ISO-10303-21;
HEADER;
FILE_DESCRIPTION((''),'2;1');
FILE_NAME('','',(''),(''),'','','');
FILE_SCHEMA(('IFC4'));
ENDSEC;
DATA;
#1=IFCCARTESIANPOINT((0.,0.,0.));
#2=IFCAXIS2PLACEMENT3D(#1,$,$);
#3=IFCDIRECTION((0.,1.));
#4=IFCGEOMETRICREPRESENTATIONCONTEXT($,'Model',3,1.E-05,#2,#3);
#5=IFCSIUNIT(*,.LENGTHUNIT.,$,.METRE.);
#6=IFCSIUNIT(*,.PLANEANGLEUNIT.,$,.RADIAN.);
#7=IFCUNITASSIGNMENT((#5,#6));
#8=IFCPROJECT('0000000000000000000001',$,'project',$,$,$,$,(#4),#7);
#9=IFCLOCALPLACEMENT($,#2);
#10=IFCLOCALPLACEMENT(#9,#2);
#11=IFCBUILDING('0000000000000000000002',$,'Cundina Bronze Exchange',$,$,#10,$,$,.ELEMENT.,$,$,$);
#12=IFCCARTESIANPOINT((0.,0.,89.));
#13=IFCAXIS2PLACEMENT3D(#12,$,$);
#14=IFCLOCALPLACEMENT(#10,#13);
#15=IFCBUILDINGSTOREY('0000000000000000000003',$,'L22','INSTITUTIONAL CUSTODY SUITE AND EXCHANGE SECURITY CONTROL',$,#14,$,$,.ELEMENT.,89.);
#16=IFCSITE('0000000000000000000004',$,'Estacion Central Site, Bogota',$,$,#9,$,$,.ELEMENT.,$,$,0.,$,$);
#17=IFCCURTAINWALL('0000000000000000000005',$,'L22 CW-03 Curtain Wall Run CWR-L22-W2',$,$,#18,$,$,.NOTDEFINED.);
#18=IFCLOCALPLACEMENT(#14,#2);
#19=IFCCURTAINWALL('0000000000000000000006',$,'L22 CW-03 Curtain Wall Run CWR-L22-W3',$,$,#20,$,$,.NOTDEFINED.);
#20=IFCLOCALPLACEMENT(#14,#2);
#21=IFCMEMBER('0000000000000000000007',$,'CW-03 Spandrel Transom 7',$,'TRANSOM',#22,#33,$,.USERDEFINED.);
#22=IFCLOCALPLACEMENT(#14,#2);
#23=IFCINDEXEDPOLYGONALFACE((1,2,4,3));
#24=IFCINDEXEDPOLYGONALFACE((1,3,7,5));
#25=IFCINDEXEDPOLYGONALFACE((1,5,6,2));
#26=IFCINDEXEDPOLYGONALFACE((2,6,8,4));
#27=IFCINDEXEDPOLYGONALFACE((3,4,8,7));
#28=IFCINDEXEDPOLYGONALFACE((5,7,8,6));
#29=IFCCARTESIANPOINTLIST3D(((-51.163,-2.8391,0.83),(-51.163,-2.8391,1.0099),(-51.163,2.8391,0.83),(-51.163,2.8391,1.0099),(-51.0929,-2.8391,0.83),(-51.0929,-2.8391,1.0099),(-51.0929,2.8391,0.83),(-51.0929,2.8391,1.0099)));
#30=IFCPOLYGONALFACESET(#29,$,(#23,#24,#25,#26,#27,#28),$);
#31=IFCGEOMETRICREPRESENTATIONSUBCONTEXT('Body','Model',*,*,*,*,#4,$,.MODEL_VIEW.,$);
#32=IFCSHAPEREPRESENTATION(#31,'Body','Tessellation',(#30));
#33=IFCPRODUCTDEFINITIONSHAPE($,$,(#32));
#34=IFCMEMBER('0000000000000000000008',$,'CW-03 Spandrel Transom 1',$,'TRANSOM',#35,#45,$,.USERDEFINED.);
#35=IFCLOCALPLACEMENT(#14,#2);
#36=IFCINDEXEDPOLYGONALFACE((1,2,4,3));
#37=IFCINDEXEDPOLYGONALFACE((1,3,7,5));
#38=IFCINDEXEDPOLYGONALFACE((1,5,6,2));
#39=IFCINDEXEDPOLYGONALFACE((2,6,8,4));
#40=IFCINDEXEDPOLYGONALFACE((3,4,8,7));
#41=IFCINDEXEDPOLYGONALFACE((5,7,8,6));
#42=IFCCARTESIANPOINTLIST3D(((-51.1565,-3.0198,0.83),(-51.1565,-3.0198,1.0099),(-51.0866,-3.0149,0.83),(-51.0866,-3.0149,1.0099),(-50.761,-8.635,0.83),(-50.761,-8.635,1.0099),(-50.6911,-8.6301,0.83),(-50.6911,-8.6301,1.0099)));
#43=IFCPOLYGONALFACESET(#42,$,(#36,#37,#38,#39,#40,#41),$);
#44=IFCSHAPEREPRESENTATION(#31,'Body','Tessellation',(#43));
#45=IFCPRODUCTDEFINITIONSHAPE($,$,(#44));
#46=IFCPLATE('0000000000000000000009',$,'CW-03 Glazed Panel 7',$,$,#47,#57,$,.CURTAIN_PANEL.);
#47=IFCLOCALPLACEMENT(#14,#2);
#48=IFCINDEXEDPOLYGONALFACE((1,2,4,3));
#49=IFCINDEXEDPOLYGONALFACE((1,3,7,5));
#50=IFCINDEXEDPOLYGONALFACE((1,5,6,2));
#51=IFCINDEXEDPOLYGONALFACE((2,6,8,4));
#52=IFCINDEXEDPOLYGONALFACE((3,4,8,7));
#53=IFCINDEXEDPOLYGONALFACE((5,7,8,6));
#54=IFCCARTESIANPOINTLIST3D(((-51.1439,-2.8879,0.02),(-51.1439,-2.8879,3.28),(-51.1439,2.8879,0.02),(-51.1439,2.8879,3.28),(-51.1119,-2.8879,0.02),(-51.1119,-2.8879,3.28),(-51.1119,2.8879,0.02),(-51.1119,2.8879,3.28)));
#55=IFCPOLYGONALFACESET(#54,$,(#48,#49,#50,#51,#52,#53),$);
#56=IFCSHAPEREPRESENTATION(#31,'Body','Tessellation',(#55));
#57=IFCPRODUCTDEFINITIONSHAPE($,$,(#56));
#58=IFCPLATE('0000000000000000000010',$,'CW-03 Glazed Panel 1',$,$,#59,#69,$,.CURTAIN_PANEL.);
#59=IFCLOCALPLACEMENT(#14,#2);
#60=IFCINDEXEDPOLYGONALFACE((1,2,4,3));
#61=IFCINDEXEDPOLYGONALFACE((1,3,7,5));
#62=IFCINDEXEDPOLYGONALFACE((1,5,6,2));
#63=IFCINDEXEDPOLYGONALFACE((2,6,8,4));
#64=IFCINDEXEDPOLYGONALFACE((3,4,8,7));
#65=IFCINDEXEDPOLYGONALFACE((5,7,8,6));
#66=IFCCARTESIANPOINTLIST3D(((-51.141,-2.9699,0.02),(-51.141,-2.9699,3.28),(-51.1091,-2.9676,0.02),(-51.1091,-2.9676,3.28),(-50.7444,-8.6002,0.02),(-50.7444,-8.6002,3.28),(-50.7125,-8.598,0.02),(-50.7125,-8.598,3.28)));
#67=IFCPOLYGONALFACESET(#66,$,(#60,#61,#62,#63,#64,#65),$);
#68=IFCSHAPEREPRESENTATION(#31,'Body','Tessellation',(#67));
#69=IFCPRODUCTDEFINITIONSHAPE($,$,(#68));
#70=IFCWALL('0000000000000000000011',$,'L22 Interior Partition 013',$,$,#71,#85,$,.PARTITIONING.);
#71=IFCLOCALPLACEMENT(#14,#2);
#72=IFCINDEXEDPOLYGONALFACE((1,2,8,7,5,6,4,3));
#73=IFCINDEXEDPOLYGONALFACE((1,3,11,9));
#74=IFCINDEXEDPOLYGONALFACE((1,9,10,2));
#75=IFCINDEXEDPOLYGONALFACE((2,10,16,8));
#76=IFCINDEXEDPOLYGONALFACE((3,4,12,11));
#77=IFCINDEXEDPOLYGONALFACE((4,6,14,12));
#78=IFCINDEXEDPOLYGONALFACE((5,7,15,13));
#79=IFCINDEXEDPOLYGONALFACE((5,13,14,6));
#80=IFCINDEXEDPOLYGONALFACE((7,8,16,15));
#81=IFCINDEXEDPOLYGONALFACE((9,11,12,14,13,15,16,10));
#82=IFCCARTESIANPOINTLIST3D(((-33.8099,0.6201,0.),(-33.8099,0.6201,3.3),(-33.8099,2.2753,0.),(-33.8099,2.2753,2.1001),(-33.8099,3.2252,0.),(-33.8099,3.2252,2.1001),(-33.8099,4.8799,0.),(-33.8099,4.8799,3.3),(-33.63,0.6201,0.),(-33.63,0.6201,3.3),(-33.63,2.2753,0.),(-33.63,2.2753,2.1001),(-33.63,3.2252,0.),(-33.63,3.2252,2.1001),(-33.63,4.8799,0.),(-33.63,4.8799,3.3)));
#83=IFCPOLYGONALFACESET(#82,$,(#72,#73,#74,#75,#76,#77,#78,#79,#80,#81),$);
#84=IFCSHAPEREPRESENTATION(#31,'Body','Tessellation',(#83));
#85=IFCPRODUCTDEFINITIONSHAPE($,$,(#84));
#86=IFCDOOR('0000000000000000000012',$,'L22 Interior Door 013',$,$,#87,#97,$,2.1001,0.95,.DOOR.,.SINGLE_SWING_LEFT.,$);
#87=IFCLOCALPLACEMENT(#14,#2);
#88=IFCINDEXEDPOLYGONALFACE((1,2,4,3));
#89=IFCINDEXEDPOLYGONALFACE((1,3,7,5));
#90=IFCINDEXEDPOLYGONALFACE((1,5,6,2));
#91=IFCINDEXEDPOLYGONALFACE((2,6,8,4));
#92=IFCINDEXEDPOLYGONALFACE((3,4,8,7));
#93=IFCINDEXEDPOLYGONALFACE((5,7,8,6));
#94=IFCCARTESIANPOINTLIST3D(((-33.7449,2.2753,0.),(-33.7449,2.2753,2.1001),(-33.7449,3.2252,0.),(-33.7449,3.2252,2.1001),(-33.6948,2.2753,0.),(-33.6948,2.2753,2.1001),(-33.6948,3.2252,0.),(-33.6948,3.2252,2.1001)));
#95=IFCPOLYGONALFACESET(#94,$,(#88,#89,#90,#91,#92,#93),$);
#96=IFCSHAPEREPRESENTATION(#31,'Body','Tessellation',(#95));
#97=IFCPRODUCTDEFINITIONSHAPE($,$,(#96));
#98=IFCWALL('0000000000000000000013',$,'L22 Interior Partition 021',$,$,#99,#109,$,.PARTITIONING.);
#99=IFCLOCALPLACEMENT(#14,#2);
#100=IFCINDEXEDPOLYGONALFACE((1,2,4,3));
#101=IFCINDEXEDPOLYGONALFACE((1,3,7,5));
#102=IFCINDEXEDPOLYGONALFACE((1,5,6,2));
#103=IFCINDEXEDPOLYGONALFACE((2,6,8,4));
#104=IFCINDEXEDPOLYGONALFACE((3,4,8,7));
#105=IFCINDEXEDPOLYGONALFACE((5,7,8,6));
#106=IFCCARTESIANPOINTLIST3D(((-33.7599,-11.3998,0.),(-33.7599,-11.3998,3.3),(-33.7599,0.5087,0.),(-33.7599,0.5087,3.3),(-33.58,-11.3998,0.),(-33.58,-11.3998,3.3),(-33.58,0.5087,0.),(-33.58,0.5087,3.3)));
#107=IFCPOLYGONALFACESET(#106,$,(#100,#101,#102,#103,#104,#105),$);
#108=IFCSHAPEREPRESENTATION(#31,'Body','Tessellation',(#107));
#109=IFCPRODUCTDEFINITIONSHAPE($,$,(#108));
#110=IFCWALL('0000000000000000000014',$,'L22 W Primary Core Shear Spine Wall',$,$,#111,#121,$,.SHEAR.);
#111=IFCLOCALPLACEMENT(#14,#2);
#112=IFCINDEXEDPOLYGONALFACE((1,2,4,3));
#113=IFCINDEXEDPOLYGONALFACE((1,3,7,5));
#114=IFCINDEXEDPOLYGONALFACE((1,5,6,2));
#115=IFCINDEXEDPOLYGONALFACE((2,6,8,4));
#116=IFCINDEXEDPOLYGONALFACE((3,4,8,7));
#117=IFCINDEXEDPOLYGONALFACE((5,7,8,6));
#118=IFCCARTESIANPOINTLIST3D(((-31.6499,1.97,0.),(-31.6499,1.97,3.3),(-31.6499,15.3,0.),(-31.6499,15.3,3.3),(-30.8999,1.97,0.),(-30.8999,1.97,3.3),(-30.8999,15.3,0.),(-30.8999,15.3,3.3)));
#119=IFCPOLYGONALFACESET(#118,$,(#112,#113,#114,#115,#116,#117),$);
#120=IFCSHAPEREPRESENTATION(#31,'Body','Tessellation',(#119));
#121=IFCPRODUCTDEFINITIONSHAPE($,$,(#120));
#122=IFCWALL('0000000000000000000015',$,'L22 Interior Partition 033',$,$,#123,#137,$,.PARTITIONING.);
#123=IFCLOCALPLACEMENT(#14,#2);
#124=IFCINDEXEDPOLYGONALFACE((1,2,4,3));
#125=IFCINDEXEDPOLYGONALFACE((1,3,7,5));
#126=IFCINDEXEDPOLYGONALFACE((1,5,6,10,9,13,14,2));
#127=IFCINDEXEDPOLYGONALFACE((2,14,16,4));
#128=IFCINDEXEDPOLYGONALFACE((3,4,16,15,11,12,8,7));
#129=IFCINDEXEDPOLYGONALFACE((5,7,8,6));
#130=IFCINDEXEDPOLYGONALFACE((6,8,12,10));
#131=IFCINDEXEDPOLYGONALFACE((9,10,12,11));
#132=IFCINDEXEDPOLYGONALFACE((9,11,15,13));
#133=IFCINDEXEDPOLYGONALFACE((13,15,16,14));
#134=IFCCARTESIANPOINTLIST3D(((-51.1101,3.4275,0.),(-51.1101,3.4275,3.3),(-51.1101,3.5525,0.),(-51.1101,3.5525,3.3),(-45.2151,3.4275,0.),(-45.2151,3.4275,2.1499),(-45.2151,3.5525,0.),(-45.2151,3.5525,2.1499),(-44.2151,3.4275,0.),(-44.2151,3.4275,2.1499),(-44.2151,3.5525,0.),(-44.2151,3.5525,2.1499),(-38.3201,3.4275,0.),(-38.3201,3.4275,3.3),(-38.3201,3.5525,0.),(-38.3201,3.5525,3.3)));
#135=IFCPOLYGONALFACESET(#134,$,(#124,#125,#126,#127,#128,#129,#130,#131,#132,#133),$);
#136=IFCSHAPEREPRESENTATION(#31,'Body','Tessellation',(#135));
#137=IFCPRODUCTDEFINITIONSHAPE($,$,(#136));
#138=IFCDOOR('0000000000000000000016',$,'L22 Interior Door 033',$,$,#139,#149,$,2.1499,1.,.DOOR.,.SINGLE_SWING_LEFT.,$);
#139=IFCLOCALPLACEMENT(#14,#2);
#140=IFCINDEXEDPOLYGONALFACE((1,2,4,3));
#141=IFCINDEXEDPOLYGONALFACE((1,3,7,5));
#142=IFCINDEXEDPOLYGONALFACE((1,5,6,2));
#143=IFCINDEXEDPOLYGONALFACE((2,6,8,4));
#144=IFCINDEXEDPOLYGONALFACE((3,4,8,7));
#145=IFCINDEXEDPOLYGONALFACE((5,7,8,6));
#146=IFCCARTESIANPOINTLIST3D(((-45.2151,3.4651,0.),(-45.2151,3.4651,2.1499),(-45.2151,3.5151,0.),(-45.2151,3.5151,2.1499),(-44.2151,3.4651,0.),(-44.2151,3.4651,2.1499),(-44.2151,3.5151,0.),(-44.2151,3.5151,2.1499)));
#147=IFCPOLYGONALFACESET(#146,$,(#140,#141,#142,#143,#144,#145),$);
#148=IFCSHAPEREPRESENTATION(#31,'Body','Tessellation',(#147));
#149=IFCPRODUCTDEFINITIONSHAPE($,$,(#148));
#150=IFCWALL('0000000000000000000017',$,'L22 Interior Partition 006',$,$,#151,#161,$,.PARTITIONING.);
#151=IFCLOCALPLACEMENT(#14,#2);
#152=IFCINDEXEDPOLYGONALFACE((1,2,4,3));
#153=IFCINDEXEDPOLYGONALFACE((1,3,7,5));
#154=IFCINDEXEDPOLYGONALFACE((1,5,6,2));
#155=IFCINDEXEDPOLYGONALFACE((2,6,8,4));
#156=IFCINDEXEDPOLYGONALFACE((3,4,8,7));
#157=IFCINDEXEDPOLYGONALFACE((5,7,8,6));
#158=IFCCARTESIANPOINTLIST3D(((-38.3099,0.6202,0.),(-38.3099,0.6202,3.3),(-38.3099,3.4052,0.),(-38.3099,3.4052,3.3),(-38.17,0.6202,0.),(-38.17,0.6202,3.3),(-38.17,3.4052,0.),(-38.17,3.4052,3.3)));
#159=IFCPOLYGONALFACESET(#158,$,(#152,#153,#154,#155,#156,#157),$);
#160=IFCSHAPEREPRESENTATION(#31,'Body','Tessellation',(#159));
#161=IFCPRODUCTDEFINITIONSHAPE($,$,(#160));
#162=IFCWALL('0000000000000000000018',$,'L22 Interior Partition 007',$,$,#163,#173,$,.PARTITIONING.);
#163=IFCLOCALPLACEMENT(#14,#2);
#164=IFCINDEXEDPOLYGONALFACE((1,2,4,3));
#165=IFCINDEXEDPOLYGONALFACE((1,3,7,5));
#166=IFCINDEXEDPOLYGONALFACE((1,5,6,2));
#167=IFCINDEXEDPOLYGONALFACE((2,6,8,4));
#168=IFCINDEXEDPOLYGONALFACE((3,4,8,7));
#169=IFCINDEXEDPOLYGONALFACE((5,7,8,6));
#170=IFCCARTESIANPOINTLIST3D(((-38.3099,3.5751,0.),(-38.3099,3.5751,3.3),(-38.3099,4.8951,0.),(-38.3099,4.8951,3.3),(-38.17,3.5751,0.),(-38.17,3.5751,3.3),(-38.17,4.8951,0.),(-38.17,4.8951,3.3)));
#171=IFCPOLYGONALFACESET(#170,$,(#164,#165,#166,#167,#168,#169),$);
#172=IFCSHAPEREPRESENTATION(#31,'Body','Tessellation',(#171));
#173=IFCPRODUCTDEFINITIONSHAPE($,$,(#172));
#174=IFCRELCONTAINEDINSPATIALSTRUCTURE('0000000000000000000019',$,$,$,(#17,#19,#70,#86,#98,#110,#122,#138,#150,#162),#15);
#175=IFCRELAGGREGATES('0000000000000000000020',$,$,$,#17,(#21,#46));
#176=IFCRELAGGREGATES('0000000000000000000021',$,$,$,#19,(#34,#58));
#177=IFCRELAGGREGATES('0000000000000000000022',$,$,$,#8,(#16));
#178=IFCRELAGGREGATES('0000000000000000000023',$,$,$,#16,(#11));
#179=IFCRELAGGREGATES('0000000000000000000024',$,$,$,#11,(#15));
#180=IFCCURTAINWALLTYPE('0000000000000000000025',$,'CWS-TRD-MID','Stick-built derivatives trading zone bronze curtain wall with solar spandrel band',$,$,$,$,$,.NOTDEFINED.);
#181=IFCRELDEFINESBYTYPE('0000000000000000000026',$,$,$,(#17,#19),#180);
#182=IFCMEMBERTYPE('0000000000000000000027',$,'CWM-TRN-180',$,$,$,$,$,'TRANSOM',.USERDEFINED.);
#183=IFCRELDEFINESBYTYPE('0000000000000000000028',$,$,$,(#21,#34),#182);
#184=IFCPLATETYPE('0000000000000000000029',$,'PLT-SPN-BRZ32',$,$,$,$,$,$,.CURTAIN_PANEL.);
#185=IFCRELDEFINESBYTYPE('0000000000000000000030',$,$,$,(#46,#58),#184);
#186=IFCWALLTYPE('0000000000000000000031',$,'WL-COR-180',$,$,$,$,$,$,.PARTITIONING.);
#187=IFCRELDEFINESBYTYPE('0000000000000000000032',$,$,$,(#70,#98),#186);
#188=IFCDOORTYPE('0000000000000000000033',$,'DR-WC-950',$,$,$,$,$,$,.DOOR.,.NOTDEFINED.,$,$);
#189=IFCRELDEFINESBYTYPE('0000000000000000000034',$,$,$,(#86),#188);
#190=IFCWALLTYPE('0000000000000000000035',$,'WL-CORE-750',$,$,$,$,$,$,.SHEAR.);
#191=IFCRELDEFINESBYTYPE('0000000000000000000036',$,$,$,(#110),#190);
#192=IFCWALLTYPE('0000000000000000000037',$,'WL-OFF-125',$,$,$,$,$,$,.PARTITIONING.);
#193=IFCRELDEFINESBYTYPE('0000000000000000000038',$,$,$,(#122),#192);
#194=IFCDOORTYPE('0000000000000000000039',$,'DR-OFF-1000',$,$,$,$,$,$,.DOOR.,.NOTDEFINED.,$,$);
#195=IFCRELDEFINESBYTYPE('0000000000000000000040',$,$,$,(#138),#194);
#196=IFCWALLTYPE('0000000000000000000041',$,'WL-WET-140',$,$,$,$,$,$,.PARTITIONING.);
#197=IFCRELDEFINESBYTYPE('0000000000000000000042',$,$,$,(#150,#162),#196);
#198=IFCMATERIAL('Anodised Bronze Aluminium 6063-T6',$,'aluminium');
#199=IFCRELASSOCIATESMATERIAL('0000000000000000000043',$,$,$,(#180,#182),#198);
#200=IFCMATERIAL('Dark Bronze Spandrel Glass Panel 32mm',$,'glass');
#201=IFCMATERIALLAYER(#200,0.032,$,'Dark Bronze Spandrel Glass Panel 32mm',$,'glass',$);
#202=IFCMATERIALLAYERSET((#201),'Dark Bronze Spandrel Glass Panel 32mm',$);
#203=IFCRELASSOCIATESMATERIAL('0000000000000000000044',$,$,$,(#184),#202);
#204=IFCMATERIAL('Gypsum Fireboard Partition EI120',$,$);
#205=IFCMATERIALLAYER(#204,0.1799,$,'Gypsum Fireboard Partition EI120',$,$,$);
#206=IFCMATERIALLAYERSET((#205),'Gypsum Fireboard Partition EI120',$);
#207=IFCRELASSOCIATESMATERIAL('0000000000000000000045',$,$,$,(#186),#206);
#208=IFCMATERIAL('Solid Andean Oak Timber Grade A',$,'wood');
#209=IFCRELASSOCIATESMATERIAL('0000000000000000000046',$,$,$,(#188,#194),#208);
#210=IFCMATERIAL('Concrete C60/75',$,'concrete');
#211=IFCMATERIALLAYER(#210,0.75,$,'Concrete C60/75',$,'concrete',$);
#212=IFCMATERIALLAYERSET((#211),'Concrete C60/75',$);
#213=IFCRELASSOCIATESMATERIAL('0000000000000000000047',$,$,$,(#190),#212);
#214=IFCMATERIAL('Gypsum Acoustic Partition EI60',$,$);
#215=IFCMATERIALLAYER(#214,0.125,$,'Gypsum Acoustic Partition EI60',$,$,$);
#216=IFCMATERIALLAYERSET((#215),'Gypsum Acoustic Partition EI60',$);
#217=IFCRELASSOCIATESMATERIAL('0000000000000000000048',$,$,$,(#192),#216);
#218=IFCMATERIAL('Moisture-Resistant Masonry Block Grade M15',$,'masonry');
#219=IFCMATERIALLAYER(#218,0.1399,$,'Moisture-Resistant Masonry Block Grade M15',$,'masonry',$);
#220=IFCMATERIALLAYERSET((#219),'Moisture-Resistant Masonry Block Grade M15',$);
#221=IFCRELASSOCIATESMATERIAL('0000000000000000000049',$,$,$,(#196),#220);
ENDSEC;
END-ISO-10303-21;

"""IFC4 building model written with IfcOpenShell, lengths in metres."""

from ifc_helpers import new_model, si_unit, direction, frame, frame_2d, origin, origin_2d, place, context, subcontext, project, spatial, rectangle, extrude, material, layer, layer_set, material_profile, profile_set, type_object, element, fill, aggregate, save


model = new_model("IFC4")

# Units and contexts
model_context = context("Model", 3, precision=1e-05, world=origin(), true_north=direction((0.0, 1.0)))
body_context = subcontext(model_context, "Body", "Model", "MODEL_VIEW")
ifc_project = project(units=[si_unit("LENGTHUNIT", "METRE"), si_unit("PLANEANGLEUNIT", "RADIAN")], contexts=[model_context])

# Site, building, storey
site_placement = place(None, origin())
site = spatial("IfcSite", under=ifc_project, at=site_placement, Name="Estacion Central Site, Bogota", CompositionType="ELEMENT", RefElevation=0.0)
building_placement = place(site_placement, origin())
building = spatial("IfcBuilding", under=site, at=building_placement, Name="Cundina Bronze Exchange", CompositionType="ELEMENT")
storey_placement = place(building_placement, frame((0.0, 0.0, 89.0)))
storey = spatial("IfcBuildingStorey", under=building, at=storey_placement, Name="L22", Description="INSTITUTIONAL CUSTODY SUITE AND EXCHANGE SECURITY CONTROL", CompositionType="ELEMENT", Elevation=89.0)

# Shared definitions
ifc_material_1 = material(Name="Concrete C60/75", Category="concrete")

# Curtain walls
ifc_material_2 = material(Name="Anodised Bronze Aluminium 6063-T6", Category="aluminium")
curtain_wall_type = type_object("IfcCurtainWallType", Name="CWS-TRD-MID", Description="Stick-built derivatives trading zone bronze curtain wall with solar spandrel band", PredefinedType="NOTDEFINED", material=ifc_material_2)
curtain_wall_1_placement = place(storey_placement, origin())
curtain_wall_1 = element("IfcCurtainWall", 1, at=curtain_wall_1_placement, inside=storey, type_object=curtain_wall_type, Name="L22 CW-03 Curtain Wall Run CWR-L22-W2", PredefinedType="NOTDEFINED")
curtain_wall_2_placement = place(storey_placement, origin())
curtain_wall_2 = element("IfcCurtainWall", 2, at=curtain_wall_2_placement, inside=storey, type_object=curtain_wall_type, Name="L22 CW-03 Curtain Wall Run CWR-L22-W3", PredefinedType="NOTDEFINED")

# Members
ifc_material_profile_1 = material_profile(ifc_material_2, rectangle(XDim=0.0701, YDim=0.1799, at=origin_2d()), Name="AL70X180", Category="aluminium")
ifc_profile_set_1 = profile_set([ifc_material_profile_1], Name="Anodised Bronze Aluminium 6063-T6")
member_type_1 = type_object("IfcMemberType", Name="CWM-TRN-180", ElementType="TRANSOM", PredefinedType="USERDEFINED", material=ifc_profile_set_1)
member_1_placement = place(storey_placement, frame((-51.1279, 2.8391, 0.9199), z_axis=(0.0, -1.0, 0.0), x_axis=(1.0, 0.0, 0.0)))
member_1 = element("IfcMember", 3, at=member_1_placement, type_object=member_type_1, Name="CW-03 Spandrel Transom 7", ObjectType="TRANSOM", PredefinedType="USERDEFINED", context=body_context, shape_type="SweptSolid", body=[
    extrude(rectangle(XDim=0.0701, YDim=0.1799, at=origin_2d()), origin(), (0.0, 0.0, 1.0), 5.6782),
])
member_2_placement = place(storey_placement, frame((-51.1216, -3.0173, 0.9199), z_axis=(0.070261, -0.997529, 0.0), x_axis=(0.997529, 0.070261, 0.0)))
member_2 = element("IfcMember", 4, at=member_2_placement, type_object=member_type_1, Name="CW-03 Spandrel Transom 1", ObjectType="TRANSOM", PredefinedType="USERDEFINED", context=body_context, shape_type="SweptSolid", body=[
    extrude(rectangle(XDim=0.0701, YDim=0.1799, at=origin_2d()), origin(), (0.0, 0.0, 1.0), 5.6292),
])

# Plates
ifc_material_3 = material(Name="Dark Bronze Spandrel Glass Panel 32mm", Category="glass")
ifc_layer_1 = layer(ifc_material_3, 0.032, Name="Dark Bronze Spandrel Glass Panel 32mm", Category="glass")
ifc_layer_set_1 = layer_set([ifc_layer_1], Name="Dark Bronze Spandrel Glass Panel 32mm")
plate_type = type_object("IfcPlateType", Name="PLT-SPN-BRZ32", PredefinedType="CURTAIN_PANEL", material=ifc_layer_set_1)
plate_1_placement = place(storey_placement, frame((-51.1279, 0.0, 0.02), z_axis=(0.0, 0.0, 1.0), x_axis=(0.0, -1.0, 0.0)))
plate_1 = element("IfcPlate", 5, at=plate_1_placement, type_object=plate_type, Name="CW-03 Glazed Panel 7", PredefinedType="CURTAIN_PANEL", context=body_context, shape_type="SweptSolid", body=[
    extrude(rectangle(XDim=5.7759, YDim=0.032, at=origin_2d()), origin(), (0.0, 0.0, 1.0), 3.26),
])
aggregate(curtain_wall_1, [member_1, plate_1])
plate_2_placement = place(storey_placement, frame((-50.9268, -5.7839, 0.02), z_axis=(0.0, 0.0, 1.0), x_axis=(0.070279, -0.997527, 0.0)))
plate_2 = element("IfcPlate", 6, at=plate_2_placement, type_object=plate_type, Name="CW-03 Glazed Panel 1", PredefinedType="CURTAIN_PANEL", context=body_context, shape_type="SweptSolid", body=[
    extrude(rectangle(XDim=5.6443, YDim=0.032, at=origin_2d()), origin(), (0.0, 0.0, 1.0), 3.26),
])
aggregate(curtain_wall_2, [member_2, plate_2])

# Wall, opening, door
ifc_material_4 = material(Name="Gypsum Fireboard Partition EI120")
ifc_layer_2 = layer(ifc_material_4, 0.1799, Name="Gypsum Fireboard Partition EI120")
ifc_layer_set_2 = layer_set([ifc_layer_2], Name="Gypsum Fireboard Partition EI120")
wall_type_1 = type_object("IfcWallType", Name="WL-COR-180", PredefinedType="PARTITIONING", material=ifc_layer_set_2)
wall_1_placement = place(storey_placement, frame((-33.72, 0.6201, 0.0), z_axis=(0.0, 0.0, 1.0), x_axis=(0.0, 1.0, 0.0)))
wall_1 = element("IfcWall", 7, at=wall_1_placement, inside=storey, type_object=wall_type_1, Name="L22 Interior Partition 013", PredefinedType="PARTITIONING", context=body_context, shape_type="SweptSolid", body=[
    extrude(rectangle(XDim=4.2598, YDim=0.1799, at=frame_2d((2.1299, 0.0))), origin(), (0.0, 0.0, 1.0), 3.3),
])
opening_1_placement = place(wall_1_placement, frame((1.655, 0.0, 0.0)))
opening_1 = element("IfcOpeningElement", 8, at=opening_1_placement, cuts=wall_1, PredefinedType="OPENING", context=body_context, shape_type="SweptSolid", body=[
    extrude(rectangle(XDim=0.95, YDim=2.1001, at=frame_2d((0.4751, 1.05))), frame((0.0, 0.0999, 0.0), z_axis=(0.0, -1.0, 0.0), x_axis=(1.0, 0.0, 0.0)), (0.0, 0.0, 1.0), 0.2),
])
ifc_material_5 = material(Name="Solid Andean Oak Timber Grade A", Category="wood")
door_type_1 = type_object("IfcDoorType", Name="DR-WC-950", OperationType="NOTDEFINED", PredefinedType="DOOR", material=ifc_material_5)
door_1_placement = place(opening_1_placement, origin())
door_1 = element("IfcDoor", 9, at=door_1_placement, inside=storey, type_object=door_type_1, Name="L22 Interior Door 013", OperationType="SINGLE_SWING_LEFT", OverallHeight=2.1001, OverallWidth=0.95, PredefinedType="DOOR", context=body_context, shape_type="SweptSolid", body=[
    extrude(rectangle(XDim=0.95, YDim=2.1001, at=frame_2d((0.4751, 1.05))), frame((0.0, 0.0249, 0.0), z_axis=(0.0, -1.0, 0.0), x_axis=(1.0, 0.0, 0.0)), (0.0, 0.0, 1.0), 0.05),
])
fill(opening_1, door_1)

# Walls
wall_2_placement = place(storey_placement, frame((-33.6699, 0.5085, 0.0), z_axis=(0.0, 0.0, 1.0), x_axis=(0.0, -1.0, 0.0)))
element("IfcWall", 10, at=wall_2_placement, inside=storey, type_object=wall_type_1, Name="L22 Interior Partition 021", PredefinedType="PARTITIONING", context=body_context, shape_type="SweptSolid", body=[
    extrude(rectangle(XDim=11.9084, YDim=0.1799, at=frame_2d((5.9541, 0.0))), origin(), (0.0, 0.0, 1.0), 3.3),
])
ifc_layer_3 = layer(ifc_material_1, 0.75, Name="Concrete C60/75", Category="concrete")
ifc_layer_set_3 = layer_set([ifc_layer_3], Name="Concrete C60/75")
wall_type_2 = type_object("IfcWallType", Name="WL-CORE-750", PredefinedType="SHEAR", material=ifc_layer_set_3)
wall_3_placement = place(storey_placement, frame((-31.2749, 1.97, 0.0), z_axis=(0.0, 0.0, 1.0), x_axis=(0.0, 1.0, 0.0)))
element("IfcWall", 11, at=wall_3_placement, inside=storey, type_object=wall_type_2, Name="L22 W Primary Core Shear Spine Wall", PredefinedType="SHEAR", context=body_context, shape_type="SweptSolid", body=[
    extrude(rectangle(XDim=13.3301, YDim=0.75, at=frame_2d((6.665, 0.0))), origin(), (0.0, 0.0, 1.0), 3.3),
])

# Wall, opening, door
ifc_material_6 = material(Name="Gypsum Acoustic Partition EI60")
ifc_layer_4 = layer(ifc_material_6, 0.125, Name="Gypsum Acoustic Partition EI60")
ifc_layer_set_4 = layer_set([ifc_layer_4], Name="Gypsum Acoustic Partition EI60")
wall_type_3 = type_object("IfcWallType", Name="WL-OFF-125", PredefinedType="PARTITIONING", material=ifc_layer_set_4)
wall_4_placement = place(storey_placement, frame((-38.3201, 3.49, 0.0), z_axis=(0.0, 0.0, 1.0), x_axis=(-1.0, 0.0, 0.0)))
wall_4 = element("IfcWall", 12, at=wall_4_placement, inside=storey, type_object=wall_type_3, Name="L22 Interior Partition 033", PredefinedType="PARTITIONING", context=body_context, shape_type="SweptSolid", body=[
    extrude(rectangle(XDim=12.79, YDim=0.125, at=frame_2d((6.395, 0.0))), origin(), (0.0, 0.0, 1.0), 3.3),
])
opening_2_placement = place(wall_4_placement, frame((5.895, 0.0, 0.0)))
opening_2 = element("IfcOpeningElement", 13, at=opening_2_placement, cuts=wall_4, PredefinedType="OPENING", context=body_context, shape_type="SweptSolid", body=[
    extrude(rectangle(XDim=1.0, YDim=2.1499, at=frame_2d((0.5, 1.075))), frame((0.0, 0.0725, 0.0), z_axis=(0.0, -1.0, 0.0), x_axis=(1.0, 0.0, 0.0)), (0.0, 0.0, 1.0), 0.145),
])
door_type_2 = type_object("IfcDoorType", Name="DR-OFF-1000", OperationType="NOTDEFINED", PredefinedType="DOOR", material=ifc_material_5)
door_2_placement = place(opening_2_placement, origin())
door_2 = element("IfcDoor", 14, at=door_2_placement, inside=storey, type_object=door_type_2, Name="L22 Interior Door 033", OperationType="SINGLE_SWING_LEFT", OverallHeight=2.1499, OverallWidth=1.0, PredefinedType="DOOR", context=body_context, shape_type="SweptSolid", body=[
    extrude(rectangle(XDim=1.0, YDim=2.1499, at=frame_2d((0.5, 1.075))), frame((0.0, 0.0249, 0.0), z_axis=(0.0, -1.0, 0.0), x_axis=(1.0, 0.0, 0.0)), (0.0, 0.0, 1.0), 0.05),
])
fill(opening_2, door_2)

# Walls
ifc_material_7 = material(Name="Moisture-Resistant Masonry Block Grade M15", Category="masonry")
ifc_layer_5 = layer(ifc_material_7, 0.1399, Name="Moisture-Resistant Masonry Block Grade M15", Category="masonry")
ifc_layer_set_5 = layer_set([ifc_layer_5], Name="Moisture-Resistant Masonry Block Grade M15")
wall_type_4 = type_object("IfcWallType", Name="WL-WET-140", PredefinedType="PARTITIONING", material=ifc_layer_set_5)
wall_5_placement = place(storey_placement, frame((-38.24, 0.6201, 0.0), z_axis=(0.0, 0.0, 1.0), x_axis=(0.0, 1.0, 0.0)))
element("IfcWall", 15, at=wall_5_placement, inside=storey, type_object=wall_type_4, Name="L22 Interior Partition 006", PredefinedType="PARTITIONING", context=body_context, shape_type="SweptSolid", body=[
    extrude(rectangle(XDim=2.7849, YDim=0.1399, at=frame_2d((1.3926, 0.0))), origin(), (0.0, 0.0, 1.0), 3.3),
])
wall_6_placement = place(storey_placement, frame((-38.24, 3.575, 0.0), z_axis=(0.0, 0.0, 1.0), x_axis=(0.0, 1.0, 0.0)))
element("IfcWall", 16, at=wall_6_placement, inside=storey, type_object=wall_type_4, Name="L22 Interior Partition 007", PredefinedType="PARTITIONING", context=body_context, shape_type="SweptSolid", body=[
    extrude(rectangle(XDim=1.3201, YDim=0.1399, at=frame_2d((0.6602, 0.0))), origin(), (0.0, 0.0, 1.0), 3.3),
])

save(model, "model.ifc")
